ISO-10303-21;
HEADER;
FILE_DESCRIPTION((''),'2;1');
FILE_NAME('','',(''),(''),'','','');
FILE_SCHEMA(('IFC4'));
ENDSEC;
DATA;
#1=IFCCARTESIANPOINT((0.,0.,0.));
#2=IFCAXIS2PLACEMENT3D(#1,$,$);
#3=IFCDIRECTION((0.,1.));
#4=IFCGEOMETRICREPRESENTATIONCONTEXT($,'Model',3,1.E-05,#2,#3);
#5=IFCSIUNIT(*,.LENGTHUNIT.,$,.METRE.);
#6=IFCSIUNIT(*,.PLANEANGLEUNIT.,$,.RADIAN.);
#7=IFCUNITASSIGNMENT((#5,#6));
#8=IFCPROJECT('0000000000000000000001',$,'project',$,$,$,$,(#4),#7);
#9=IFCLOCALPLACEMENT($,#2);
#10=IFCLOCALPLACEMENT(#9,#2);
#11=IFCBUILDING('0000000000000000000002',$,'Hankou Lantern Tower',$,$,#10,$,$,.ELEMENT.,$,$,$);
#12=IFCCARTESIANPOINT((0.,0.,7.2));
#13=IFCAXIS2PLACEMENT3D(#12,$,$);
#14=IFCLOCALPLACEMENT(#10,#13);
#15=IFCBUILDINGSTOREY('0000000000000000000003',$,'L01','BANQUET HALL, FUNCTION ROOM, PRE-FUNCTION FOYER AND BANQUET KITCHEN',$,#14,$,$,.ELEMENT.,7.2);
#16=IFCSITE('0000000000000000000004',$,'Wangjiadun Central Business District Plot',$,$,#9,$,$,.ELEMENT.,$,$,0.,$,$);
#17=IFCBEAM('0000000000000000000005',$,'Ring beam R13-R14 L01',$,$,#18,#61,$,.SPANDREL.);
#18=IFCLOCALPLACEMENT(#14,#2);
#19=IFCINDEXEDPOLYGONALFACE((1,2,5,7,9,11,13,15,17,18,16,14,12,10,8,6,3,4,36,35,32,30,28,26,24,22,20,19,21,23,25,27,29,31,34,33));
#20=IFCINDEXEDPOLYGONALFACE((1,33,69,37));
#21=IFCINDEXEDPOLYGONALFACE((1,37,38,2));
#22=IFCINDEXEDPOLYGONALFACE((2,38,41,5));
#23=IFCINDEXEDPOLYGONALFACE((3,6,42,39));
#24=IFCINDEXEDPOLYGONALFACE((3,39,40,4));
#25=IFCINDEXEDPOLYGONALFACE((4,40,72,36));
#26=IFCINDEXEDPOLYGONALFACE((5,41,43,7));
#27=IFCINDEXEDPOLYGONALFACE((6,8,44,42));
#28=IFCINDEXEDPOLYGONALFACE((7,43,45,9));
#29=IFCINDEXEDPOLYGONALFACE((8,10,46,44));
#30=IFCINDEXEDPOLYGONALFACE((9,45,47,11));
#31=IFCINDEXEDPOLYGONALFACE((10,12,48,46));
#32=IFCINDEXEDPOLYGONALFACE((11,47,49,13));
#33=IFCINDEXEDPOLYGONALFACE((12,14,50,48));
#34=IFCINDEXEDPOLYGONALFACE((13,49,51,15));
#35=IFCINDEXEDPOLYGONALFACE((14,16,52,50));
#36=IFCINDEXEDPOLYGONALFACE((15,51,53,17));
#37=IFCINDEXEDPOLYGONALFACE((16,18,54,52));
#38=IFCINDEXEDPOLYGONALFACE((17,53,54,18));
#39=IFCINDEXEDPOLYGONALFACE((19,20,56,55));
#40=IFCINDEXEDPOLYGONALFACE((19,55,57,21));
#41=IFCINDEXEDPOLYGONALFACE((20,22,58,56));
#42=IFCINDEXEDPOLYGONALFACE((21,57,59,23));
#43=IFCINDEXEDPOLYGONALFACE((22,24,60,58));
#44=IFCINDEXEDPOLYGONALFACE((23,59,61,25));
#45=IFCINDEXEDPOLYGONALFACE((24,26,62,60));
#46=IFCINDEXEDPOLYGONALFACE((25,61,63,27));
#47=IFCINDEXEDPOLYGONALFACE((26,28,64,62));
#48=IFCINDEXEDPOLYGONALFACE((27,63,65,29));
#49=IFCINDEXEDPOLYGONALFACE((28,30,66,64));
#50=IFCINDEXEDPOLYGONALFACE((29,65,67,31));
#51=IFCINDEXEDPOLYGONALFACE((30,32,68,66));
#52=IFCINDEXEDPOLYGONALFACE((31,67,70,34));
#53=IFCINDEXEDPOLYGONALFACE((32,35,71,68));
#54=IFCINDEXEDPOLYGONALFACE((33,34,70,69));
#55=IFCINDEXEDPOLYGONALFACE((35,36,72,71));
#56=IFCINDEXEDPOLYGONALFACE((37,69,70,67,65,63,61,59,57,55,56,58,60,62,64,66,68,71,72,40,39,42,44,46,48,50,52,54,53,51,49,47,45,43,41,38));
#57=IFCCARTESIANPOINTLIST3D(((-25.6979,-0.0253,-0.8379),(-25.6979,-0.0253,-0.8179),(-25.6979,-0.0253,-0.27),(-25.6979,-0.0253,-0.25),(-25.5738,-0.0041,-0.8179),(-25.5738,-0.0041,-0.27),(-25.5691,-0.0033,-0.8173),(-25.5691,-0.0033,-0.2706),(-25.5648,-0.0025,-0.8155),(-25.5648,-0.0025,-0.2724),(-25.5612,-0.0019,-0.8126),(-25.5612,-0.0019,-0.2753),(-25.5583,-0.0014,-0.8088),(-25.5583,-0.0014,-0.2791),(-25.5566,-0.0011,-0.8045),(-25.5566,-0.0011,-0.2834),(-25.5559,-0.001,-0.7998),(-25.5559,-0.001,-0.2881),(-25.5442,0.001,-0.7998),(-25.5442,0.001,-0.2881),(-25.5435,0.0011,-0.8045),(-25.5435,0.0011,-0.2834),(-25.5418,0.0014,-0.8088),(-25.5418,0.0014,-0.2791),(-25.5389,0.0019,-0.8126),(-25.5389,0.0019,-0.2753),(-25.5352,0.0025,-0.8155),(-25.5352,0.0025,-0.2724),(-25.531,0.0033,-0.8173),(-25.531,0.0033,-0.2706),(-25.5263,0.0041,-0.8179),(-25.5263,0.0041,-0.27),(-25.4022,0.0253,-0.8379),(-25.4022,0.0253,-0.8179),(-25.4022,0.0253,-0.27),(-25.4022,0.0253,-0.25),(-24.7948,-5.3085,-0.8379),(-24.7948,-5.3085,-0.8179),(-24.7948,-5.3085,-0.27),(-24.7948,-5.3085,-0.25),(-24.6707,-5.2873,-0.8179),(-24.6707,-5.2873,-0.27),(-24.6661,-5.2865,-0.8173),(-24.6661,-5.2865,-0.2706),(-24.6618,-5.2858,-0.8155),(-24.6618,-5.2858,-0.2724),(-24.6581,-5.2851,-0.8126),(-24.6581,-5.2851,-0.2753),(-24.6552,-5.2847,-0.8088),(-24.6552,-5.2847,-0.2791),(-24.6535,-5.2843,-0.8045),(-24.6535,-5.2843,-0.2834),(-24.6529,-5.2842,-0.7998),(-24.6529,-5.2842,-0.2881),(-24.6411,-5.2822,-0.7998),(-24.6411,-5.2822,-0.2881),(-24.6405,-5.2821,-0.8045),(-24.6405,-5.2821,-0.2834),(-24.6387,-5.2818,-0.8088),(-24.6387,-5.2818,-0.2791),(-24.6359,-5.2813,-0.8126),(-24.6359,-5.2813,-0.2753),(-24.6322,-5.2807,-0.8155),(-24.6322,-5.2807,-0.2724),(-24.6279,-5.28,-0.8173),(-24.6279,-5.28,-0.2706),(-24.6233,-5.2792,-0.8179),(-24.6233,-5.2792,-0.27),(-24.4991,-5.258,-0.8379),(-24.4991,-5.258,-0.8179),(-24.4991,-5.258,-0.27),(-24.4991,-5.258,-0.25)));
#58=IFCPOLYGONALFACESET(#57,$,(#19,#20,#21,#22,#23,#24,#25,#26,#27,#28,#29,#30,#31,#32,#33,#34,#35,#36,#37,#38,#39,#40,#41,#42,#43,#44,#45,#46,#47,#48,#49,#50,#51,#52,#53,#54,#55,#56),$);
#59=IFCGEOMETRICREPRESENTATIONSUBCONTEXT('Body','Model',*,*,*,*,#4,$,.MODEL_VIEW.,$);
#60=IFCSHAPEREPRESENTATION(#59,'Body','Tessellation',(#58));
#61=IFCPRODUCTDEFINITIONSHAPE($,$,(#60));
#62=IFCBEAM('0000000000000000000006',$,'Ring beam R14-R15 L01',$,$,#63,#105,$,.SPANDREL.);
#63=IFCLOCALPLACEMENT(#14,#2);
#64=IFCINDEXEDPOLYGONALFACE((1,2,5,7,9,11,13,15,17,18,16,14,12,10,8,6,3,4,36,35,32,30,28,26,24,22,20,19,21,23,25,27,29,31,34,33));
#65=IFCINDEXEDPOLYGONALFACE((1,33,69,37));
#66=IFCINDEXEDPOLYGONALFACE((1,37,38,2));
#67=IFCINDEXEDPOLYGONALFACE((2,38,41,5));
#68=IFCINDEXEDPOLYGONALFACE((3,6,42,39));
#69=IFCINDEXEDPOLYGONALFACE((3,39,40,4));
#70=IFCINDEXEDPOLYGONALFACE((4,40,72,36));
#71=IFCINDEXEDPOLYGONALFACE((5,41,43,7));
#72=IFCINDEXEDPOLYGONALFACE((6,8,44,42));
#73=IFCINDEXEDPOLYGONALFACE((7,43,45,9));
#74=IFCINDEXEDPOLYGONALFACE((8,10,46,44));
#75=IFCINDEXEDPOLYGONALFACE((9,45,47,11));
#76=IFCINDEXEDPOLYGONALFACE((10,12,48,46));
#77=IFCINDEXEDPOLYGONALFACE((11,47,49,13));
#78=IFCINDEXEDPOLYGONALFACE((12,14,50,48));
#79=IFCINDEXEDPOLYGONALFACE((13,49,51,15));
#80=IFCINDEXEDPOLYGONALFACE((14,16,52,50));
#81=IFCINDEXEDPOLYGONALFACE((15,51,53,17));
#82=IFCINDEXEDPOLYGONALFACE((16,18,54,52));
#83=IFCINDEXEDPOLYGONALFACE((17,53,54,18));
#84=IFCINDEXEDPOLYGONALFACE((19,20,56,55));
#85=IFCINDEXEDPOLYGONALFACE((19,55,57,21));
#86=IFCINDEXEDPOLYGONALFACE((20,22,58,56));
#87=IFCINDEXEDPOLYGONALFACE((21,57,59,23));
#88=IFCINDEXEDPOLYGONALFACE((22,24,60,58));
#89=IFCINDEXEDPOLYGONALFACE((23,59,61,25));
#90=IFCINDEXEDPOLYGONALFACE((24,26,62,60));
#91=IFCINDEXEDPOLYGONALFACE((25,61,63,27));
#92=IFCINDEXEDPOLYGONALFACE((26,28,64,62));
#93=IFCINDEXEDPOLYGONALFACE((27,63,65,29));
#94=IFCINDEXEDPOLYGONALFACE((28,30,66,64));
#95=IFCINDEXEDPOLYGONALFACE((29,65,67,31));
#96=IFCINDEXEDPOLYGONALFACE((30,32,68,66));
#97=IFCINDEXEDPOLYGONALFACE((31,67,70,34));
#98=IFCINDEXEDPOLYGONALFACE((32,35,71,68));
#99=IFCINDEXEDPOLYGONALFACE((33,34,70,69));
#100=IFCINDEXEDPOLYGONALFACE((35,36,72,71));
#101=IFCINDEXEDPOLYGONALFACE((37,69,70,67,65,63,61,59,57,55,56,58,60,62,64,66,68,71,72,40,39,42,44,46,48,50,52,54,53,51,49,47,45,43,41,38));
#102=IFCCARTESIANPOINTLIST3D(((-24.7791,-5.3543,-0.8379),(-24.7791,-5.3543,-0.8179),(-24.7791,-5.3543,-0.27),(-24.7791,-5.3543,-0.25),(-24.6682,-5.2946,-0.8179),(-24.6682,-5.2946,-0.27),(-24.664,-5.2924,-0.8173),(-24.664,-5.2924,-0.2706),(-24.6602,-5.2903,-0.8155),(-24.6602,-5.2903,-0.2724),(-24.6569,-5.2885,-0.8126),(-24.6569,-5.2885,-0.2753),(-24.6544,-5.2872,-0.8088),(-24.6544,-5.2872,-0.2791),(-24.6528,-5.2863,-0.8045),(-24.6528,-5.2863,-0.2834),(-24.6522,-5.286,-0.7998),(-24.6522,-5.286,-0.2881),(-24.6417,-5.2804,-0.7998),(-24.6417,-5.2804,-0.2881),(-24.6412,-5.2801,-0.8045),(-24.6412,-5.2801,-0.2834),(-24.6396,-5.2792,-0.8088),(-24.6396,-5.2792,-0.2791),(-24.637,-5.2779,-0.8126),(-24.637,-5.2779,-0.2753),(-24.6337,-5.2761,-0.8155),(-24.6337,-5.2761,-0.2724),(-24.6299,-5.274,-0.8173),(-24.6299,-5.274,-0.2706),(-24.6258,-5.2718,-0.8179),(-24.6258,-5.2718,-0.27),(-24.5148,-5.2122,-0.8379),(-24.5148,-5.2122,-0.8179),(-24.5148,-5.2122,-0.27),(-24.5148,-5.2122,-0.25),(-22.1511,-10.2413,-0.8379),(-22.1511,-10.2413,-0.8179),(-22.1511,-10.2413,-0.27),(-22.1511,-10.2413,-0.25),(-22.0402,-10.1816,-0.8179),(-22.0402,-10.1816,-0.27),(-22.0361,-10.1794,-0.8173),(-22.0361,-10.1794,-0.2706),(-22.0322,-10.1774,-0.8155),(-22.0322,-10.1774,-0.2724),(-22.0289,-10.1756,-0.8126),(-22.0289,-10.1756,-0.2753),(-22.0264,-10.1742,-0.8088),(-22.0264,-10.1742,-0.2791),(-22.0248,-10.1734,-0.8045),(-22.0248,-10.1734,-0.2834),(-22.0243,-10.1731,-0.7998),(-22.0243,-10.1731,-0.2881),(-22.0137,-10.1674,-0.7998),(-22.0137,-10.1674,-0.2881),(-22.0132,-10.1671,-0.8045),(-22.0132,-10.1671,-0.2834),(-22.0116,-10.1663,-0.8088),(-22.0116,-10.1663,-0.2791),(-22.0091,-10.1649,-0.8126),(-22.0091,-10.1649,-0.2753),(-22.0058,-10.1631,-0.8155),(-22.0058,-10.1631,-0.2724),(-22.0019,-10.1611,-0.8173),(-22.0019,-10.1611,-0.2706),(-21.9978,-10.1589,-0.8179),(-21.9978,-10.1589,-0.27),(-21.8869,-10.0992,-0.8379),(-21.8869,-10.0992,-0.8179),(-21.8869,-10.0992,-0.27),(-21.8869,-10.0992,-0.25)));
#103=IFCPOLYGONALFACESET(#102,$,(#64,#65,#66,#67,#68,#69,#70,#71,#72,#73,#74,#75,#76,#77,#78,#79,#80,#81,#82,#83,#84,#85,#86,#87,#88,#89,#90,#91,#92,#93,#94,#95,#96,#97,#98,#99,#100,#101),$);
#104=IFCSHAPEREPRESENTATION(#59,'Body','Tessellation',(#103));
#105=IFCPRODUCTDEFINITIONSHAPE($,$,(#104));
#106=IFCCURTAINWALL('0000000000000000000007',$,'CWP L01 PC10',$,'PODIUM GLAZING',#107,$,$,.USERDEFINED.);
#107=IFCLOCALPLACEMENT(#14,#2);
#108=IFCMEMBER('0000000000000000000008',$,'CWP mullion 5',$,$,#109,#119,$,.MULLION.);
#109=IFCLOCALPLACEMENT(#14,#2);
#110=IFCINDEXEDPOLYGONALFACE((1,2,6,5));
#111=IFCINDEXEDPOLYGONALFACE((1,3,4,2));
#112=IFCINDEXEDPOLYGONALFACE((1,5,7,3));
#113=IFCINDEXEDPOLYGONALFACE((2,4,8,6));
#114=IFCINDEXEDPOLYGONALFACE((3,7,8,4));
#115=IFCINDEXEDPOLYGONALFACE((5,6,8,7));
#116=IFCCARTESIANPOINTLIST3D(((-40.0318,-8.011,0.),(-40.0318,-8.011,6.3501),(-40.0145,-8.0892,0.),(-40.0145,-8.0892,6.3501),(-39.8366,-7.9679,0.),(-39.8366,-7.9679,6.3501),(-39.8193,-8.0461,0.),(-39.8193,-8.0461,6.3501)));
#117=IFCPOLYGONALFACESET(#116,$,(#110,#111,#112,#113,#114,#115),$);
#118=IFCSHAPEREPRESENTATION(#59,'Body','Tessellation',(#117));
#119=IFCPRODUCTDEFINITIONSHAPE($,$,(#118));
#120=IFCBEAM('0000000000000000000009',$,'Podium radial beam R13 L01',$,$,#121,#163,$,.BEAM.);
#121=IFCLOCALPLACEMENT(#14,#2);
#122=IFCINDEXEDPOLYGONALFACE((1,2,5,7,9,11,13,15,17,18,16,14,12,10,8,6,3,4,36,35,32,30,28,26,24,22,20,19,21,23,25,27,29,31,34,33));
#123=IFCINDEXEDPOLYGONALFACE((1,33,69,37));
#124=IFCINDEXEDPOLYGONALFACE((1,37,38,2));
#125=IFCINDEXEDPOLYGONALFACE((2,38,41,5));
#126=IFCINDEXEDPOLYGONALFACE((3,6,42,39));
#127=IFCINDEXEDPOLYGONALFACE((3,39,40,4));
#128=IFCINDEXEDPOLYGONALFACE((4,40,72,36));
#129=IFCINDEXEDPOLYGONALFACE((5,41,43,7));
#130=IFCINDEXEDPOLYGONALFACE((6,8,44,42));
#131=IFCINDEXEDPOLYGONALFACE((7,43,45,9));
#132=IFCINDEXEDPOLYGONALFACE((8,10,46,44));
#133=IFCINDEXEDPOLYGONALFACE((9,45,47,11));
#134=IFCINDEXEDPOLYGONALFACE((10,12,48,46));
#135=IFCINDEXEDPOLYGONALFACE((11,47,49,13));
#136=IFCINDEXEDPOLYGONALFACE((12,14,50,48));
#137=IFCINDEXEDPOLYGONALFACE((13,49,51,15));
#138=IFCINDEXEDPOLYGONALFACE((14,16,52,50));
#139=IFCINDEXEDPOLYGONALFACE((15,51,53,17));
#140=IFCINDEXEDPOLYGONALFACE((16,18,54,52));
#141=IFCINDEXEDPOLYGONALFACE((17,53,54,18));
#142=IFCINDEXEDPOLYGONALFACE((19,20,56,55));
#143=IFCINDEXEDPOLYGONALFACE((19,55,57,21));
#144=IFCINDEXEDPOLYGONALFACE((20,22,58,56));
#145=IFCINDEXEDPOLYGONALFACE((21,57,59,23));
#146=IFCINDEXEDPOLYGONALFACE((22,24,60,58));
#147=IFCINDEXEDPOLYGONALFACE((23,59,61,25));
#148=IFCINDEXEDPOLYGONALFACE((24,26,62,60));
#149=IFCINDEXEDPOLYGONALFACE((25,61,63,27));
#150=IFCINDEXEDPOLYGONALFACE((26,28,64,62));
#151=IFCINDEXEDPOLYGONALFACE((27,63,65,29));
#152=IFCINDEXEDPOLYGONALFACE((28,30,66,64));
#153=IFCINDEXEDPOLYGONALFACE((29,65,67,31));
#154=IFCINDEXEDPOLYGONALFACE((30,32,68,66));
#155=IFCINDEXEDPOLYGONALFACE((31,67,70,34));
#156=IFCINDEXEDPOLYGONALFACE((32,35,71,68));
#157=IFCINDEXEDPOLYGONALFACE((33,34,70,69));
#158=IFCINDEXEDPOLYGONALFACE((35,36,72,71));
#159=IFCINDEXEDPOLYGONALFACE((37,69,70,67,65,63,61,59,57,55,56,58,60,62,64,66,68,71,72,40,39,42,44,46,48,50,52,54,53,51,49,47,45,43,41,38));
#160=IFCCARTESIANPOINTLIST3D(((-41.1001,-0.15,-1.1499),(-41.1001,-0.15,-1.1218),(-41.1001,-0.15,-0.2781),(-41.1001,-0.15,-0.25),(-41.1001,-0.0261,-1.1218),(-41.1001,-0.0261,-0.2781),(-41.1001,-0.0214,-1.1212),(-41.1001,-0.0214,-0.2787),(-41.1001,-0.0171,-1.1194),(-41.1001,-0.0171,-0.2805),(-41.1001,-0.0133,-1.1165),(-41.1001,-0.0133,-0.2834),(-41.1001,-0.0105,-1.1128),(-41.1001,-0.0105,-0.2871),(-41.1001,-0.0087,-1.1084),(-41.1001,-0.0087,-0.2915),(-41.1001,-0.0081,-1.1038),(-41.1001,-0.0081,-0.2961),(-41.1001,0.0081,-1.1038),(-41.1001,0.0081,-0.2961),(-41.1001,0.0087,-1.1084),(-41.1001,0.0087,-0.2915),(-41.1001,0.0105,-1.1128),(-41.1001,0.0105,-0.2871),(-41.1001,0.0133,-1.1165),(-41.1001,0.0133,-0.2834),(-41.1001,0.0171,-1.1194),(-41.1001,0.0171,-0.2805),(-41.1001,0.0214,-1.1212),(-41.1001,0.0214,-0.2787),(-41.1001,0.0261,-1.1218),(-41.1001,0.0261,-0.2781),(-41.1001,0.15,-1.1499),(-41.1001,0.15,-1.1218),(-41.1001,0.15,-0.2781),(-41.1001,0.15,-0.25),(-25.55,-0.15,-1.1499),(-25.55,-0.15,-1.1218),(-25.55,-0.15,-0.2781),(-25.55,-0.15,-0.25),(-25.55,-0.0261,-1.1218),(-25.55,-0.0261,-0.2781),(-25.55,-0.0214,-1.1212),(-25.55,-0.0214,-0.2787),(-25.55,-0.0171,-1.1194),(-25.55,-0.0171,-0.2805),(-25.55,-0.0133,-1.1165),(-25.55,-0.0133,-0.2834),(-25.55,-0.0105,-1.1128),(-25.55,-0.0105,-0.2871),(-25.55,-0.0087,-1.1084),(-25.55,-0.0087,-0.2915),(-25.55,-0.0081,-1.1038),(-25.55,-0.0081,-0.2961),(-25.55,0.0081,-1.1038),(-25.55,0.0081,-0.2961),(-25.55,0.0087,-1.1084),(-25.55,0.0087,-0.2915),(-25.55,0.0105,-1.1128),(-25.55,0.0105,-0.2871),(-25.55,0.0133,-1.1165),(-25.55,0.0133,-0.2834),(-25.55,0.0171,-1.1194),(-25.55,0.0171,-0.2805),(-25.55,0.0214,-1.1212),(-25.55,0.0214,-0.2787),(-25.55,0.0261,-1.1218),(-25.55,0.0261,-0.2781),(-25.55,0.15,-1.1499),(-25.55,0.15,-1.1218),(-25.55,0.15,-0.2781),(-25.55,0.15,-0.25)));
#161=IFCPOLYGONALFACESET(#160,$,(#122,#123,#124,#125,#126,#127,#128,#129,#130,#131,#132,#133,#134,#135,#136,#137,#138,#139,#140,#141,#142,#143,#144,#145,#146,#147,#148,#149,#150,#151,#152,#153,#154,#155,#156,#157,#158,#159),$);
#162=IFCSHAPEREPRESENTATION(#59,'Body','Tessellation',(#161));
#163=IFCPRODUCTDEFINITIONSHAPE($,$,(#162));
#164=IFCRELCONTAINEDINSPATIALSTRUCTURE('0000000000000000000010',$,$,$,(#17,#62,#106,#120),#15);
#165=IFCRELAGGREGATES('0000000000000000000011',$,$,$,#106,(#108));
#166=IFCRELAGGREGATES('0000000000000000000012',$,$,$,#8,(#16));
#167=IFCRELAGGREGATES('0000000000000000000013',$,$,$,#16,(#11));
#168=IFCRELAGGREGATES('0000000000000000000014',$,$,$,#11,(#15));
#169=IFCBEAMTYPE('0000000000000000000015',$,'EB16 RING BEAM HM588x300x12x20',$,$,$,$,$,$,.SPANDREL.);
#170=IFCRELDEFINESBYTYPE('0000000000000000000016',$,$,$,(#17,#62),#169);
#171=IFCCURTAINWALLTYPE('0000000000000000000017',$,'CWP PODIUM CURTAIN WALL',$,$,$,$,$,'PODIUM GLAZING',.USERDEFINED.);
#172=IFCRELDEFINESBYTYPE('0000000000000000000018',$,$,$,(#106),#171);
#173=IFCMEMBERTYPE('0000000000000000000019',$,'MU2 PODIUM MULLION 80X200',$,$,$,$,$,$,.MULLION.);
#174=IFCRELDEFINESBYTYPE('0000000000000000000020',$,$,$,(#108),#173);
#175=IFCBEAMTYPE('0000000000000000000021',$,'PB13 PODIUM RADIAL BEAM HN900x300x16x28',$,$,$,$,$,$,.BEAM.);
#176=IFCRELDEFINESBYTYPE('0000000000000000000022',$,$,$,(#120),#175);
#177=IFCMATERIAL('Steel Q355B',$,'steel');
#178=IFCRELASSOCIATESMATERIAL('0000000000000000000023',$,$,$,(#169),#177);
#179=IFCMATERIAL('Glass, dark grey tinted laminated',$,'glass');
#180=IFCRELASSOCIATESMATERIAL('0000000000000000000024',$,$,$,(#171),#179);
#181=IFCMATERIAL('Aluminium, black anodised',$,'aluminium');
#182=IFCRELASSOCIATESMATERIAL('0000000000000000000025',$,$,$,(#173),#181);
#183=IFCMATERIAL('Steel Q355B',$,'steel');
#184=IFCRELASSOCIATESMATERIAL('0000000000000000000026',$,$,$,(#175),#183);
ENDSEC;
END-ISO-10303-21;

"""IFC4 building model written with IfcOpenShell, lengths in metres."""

from ifc_helpers import new_model, si_unit, direction, frame, origin, origin_2d, place, context, subcontext, project, spatial, rectangle, i_section, extrude, material, material_profile, profile_set, type_object, element, aggregate, save


model = new_model("IFC4")

# Units and contexts
model_context = context("Model", 3, precision=1e-05, world=origin(), true_north=direction((0.0, 1.0)))
body_context = subcontext(model_context, "Body", "Model", "MODEL_VIEW")
ifc_project = project(units=[si_unit("LENGTHUNIT", "METRE"), si_unit("PLANEANGLEUNIT", "RADIAN")], contexts=[model_context])

# Site, building, storey
site_placement = place(None, origin())
site = spatial("IfcSite", under=ifc_project, at=site_placement, Name="Wangjiadun Central Business District Plot", CompositionType="ELEMENT", RefElevation=0.0)
building_placement = place(site_placement, origin())
building = spatial("IfcBuilding", under=site, at=building_placement, Name="Hankou Lantern Tower", CompositionType="ELEMENT")
storey_placement = place(building_placement, frame((0.0, 0.0, 7.2)))
storey = spatial("IfcBuildingStorey", under=building, at=storey_placement, Name="L01", Description="BANQUET HALL, FUNCTION ROOM, PRE-FUNCTION FOYER AND BANQUET KITCHEN", CompositionType="ELEMENT", Elevation=7.2)

# Beams
ifc_material_1 = material(Name="Steel Q355B", Category="steel")
ifc_material_profile_1 = material_profile(ifc_material_1, i_section(OverallWidth=0.3, OverallDepth=0.5879, WebThickness=0.012, FlangeThickness=0.02, FilletRadius=0.0181, at=origin_2d()), Name="HM588x300x12x20")
ifc_profile_set_1 = profile_set([ifc_material_profile_1], Name="Steel Q355B")
beam_type_1 = type_object("IfcBeamType", Name="EB16 RING BEAM HM588x300x12x20", PredefinedType="SPANDREL", material=ifc_profile_set_1)
beam_1_placement = place(storey_placement, frame((-25.55, 0.0, -0.5439), z_axis=(0.16849, -0.985703, 0.0), x_axis=(0.985703, 0.16849, 0.0)))
element("IfcBeam", 1, at=beam_1_placement, inside=storey, type_object=beam_type_1, Name="Ring beam R13-R14 L01", PredefinedType="SPANDREL", context=body_context, shape_type="SweptSolid", body=[
    extrude(i_section(OverallWidth=0.3, OverallDepth=0.5879, WebThickness=0.012, FlangeThickness=0.02, FilletRadius=0.0181, at=origin_2d()), origin(), (0.0, 0.0, 1.0), 5.3599),
])
beam_2_placement = place(storey_placement, frame((-24.647, -5.2832, -0.5439), z_axis=(0.473609, -0.880735, 0.0), x_axis=(0.880735, 0.473609, 0.0)))
element("IfcBeam", 2, at=beam_2_placement, inside=storey, type_object=beam_type_1, Name="Ring beam R14-R15 L01", PredefinedType="SPANDREL", context=body_context, shape_type="SweptSolid", body=[
    extrude(i_section(OverallWidth=0.3, OverallDepth=0.5879, WebThickness=0.012, FlangeThickness=0.02, FilletRadius=0.0181, at=origin_2d()), origin(), (0.0, 0.0, 1.0), 5.5488),
])

# Curtain wall, member
ifc_material_2 = material(Name="Glass, dark grey tinted laminated", Category="glass")
curtain_wall_type = type_object("IfcCurtainWallType", Name="CWP PODIUM CURTAIN WALL", ElementType="PODIUM GLAZING", PredefinedType="USERDEFINED", material=ifc_material_2)
curtain_wall_placement = place(storey_placement, origin())
curtain_wall = element("IfcCurtainWall", 3, at=curtain_wall_placement, inside=storey, type_object=curtain_wall_type, Name="CWP L01 PC10", ObjectType="PODIUM GLAZING", PredefinedType="USERDEFINED")
ifc_material_3 = material(Name="Aluminium, black anodised", Category="aluminium")
ifc_material_profile_2 = material_profile(ifc_material_3, rectangle(XDim=0.0801, YDim=0.2, at=origin_2d()), Name="MU2 80X200")
ifc_profile_set_2 = profile_set([ifc_material_profile_2], Name="Aluminium, black anodised")
member_type = type_object("IfcMemberType", Name="MU2 PODIUM MULLION 80X200", PredefinedType="MULLION", material=ifc_profile_set_2)
member_placement = place(storey_placement, frame((-39.9255, -8.0286, 0.0), z_axis=(0.0, 0.0, 1.0), x_axis=(0.215821, -0.976433, 0.0)))
member = element("IfcMember", 4, at=member_placement, type_object=member_type, Name="CWP mullion 5", PredefinedType="MULLION", context=body_context, shape_type="SweptSolid", body=[
    extrude(rectangle(XDim=0.0801, YDim=0.2, at=origin_2d()), origin(), (0.0, 0.0, 1.0), 6.3501),
])
aggregate(curtain_wall, [member])

# Beam
ifc_material_4 = material(Name="Steel Q355B", Category="steel")
ifc_material_profile_3 = material_profile(ifc_material_4, i_section(OverallWidth=0.3, OverallDepth=0.8999, WebThickness=0.0161, FlangeThickness=0.0281, FilletRadius=0.0181, at=origin_2d()), Name="HN900x300x16x28")
ifc_profile_set_3 = profile_set([ifc_material_profile_3], Name="Steel Q355B")
beam_type_2 = type_object("IfcBeamType", Name="PB13 PODIUM RADIAL BEAM HN900x300x16x28", PredefinedType="BEAM", material=ifc_profile_set_3)
beam_3_placement = place(storey_placement, frame((-25.55, 0.0, -0.7), z_axis=(-1.0, 0.0, 0.0), x_axis=(0.0, -1.0, 0.0)))
element("IfcBeam", 5, at=beam_3_placement, inside=storey, type_object=beam_type_2, Name="Podium radial beam R13 L01", PredefinedType="BEAM", context=body_context, shape_type="SweptSolid", body=[
    extrude(i_section(OverallWidth=0.3, OverallDepth=0.8999, WebThickness=0.0161, FlangeThickness=0.0281, FilletRadius=0.0181, at=origin_2d()), origin(), (0.0, 0.0, 1.0), 15.55),
])

save(model, "model.ifc")
